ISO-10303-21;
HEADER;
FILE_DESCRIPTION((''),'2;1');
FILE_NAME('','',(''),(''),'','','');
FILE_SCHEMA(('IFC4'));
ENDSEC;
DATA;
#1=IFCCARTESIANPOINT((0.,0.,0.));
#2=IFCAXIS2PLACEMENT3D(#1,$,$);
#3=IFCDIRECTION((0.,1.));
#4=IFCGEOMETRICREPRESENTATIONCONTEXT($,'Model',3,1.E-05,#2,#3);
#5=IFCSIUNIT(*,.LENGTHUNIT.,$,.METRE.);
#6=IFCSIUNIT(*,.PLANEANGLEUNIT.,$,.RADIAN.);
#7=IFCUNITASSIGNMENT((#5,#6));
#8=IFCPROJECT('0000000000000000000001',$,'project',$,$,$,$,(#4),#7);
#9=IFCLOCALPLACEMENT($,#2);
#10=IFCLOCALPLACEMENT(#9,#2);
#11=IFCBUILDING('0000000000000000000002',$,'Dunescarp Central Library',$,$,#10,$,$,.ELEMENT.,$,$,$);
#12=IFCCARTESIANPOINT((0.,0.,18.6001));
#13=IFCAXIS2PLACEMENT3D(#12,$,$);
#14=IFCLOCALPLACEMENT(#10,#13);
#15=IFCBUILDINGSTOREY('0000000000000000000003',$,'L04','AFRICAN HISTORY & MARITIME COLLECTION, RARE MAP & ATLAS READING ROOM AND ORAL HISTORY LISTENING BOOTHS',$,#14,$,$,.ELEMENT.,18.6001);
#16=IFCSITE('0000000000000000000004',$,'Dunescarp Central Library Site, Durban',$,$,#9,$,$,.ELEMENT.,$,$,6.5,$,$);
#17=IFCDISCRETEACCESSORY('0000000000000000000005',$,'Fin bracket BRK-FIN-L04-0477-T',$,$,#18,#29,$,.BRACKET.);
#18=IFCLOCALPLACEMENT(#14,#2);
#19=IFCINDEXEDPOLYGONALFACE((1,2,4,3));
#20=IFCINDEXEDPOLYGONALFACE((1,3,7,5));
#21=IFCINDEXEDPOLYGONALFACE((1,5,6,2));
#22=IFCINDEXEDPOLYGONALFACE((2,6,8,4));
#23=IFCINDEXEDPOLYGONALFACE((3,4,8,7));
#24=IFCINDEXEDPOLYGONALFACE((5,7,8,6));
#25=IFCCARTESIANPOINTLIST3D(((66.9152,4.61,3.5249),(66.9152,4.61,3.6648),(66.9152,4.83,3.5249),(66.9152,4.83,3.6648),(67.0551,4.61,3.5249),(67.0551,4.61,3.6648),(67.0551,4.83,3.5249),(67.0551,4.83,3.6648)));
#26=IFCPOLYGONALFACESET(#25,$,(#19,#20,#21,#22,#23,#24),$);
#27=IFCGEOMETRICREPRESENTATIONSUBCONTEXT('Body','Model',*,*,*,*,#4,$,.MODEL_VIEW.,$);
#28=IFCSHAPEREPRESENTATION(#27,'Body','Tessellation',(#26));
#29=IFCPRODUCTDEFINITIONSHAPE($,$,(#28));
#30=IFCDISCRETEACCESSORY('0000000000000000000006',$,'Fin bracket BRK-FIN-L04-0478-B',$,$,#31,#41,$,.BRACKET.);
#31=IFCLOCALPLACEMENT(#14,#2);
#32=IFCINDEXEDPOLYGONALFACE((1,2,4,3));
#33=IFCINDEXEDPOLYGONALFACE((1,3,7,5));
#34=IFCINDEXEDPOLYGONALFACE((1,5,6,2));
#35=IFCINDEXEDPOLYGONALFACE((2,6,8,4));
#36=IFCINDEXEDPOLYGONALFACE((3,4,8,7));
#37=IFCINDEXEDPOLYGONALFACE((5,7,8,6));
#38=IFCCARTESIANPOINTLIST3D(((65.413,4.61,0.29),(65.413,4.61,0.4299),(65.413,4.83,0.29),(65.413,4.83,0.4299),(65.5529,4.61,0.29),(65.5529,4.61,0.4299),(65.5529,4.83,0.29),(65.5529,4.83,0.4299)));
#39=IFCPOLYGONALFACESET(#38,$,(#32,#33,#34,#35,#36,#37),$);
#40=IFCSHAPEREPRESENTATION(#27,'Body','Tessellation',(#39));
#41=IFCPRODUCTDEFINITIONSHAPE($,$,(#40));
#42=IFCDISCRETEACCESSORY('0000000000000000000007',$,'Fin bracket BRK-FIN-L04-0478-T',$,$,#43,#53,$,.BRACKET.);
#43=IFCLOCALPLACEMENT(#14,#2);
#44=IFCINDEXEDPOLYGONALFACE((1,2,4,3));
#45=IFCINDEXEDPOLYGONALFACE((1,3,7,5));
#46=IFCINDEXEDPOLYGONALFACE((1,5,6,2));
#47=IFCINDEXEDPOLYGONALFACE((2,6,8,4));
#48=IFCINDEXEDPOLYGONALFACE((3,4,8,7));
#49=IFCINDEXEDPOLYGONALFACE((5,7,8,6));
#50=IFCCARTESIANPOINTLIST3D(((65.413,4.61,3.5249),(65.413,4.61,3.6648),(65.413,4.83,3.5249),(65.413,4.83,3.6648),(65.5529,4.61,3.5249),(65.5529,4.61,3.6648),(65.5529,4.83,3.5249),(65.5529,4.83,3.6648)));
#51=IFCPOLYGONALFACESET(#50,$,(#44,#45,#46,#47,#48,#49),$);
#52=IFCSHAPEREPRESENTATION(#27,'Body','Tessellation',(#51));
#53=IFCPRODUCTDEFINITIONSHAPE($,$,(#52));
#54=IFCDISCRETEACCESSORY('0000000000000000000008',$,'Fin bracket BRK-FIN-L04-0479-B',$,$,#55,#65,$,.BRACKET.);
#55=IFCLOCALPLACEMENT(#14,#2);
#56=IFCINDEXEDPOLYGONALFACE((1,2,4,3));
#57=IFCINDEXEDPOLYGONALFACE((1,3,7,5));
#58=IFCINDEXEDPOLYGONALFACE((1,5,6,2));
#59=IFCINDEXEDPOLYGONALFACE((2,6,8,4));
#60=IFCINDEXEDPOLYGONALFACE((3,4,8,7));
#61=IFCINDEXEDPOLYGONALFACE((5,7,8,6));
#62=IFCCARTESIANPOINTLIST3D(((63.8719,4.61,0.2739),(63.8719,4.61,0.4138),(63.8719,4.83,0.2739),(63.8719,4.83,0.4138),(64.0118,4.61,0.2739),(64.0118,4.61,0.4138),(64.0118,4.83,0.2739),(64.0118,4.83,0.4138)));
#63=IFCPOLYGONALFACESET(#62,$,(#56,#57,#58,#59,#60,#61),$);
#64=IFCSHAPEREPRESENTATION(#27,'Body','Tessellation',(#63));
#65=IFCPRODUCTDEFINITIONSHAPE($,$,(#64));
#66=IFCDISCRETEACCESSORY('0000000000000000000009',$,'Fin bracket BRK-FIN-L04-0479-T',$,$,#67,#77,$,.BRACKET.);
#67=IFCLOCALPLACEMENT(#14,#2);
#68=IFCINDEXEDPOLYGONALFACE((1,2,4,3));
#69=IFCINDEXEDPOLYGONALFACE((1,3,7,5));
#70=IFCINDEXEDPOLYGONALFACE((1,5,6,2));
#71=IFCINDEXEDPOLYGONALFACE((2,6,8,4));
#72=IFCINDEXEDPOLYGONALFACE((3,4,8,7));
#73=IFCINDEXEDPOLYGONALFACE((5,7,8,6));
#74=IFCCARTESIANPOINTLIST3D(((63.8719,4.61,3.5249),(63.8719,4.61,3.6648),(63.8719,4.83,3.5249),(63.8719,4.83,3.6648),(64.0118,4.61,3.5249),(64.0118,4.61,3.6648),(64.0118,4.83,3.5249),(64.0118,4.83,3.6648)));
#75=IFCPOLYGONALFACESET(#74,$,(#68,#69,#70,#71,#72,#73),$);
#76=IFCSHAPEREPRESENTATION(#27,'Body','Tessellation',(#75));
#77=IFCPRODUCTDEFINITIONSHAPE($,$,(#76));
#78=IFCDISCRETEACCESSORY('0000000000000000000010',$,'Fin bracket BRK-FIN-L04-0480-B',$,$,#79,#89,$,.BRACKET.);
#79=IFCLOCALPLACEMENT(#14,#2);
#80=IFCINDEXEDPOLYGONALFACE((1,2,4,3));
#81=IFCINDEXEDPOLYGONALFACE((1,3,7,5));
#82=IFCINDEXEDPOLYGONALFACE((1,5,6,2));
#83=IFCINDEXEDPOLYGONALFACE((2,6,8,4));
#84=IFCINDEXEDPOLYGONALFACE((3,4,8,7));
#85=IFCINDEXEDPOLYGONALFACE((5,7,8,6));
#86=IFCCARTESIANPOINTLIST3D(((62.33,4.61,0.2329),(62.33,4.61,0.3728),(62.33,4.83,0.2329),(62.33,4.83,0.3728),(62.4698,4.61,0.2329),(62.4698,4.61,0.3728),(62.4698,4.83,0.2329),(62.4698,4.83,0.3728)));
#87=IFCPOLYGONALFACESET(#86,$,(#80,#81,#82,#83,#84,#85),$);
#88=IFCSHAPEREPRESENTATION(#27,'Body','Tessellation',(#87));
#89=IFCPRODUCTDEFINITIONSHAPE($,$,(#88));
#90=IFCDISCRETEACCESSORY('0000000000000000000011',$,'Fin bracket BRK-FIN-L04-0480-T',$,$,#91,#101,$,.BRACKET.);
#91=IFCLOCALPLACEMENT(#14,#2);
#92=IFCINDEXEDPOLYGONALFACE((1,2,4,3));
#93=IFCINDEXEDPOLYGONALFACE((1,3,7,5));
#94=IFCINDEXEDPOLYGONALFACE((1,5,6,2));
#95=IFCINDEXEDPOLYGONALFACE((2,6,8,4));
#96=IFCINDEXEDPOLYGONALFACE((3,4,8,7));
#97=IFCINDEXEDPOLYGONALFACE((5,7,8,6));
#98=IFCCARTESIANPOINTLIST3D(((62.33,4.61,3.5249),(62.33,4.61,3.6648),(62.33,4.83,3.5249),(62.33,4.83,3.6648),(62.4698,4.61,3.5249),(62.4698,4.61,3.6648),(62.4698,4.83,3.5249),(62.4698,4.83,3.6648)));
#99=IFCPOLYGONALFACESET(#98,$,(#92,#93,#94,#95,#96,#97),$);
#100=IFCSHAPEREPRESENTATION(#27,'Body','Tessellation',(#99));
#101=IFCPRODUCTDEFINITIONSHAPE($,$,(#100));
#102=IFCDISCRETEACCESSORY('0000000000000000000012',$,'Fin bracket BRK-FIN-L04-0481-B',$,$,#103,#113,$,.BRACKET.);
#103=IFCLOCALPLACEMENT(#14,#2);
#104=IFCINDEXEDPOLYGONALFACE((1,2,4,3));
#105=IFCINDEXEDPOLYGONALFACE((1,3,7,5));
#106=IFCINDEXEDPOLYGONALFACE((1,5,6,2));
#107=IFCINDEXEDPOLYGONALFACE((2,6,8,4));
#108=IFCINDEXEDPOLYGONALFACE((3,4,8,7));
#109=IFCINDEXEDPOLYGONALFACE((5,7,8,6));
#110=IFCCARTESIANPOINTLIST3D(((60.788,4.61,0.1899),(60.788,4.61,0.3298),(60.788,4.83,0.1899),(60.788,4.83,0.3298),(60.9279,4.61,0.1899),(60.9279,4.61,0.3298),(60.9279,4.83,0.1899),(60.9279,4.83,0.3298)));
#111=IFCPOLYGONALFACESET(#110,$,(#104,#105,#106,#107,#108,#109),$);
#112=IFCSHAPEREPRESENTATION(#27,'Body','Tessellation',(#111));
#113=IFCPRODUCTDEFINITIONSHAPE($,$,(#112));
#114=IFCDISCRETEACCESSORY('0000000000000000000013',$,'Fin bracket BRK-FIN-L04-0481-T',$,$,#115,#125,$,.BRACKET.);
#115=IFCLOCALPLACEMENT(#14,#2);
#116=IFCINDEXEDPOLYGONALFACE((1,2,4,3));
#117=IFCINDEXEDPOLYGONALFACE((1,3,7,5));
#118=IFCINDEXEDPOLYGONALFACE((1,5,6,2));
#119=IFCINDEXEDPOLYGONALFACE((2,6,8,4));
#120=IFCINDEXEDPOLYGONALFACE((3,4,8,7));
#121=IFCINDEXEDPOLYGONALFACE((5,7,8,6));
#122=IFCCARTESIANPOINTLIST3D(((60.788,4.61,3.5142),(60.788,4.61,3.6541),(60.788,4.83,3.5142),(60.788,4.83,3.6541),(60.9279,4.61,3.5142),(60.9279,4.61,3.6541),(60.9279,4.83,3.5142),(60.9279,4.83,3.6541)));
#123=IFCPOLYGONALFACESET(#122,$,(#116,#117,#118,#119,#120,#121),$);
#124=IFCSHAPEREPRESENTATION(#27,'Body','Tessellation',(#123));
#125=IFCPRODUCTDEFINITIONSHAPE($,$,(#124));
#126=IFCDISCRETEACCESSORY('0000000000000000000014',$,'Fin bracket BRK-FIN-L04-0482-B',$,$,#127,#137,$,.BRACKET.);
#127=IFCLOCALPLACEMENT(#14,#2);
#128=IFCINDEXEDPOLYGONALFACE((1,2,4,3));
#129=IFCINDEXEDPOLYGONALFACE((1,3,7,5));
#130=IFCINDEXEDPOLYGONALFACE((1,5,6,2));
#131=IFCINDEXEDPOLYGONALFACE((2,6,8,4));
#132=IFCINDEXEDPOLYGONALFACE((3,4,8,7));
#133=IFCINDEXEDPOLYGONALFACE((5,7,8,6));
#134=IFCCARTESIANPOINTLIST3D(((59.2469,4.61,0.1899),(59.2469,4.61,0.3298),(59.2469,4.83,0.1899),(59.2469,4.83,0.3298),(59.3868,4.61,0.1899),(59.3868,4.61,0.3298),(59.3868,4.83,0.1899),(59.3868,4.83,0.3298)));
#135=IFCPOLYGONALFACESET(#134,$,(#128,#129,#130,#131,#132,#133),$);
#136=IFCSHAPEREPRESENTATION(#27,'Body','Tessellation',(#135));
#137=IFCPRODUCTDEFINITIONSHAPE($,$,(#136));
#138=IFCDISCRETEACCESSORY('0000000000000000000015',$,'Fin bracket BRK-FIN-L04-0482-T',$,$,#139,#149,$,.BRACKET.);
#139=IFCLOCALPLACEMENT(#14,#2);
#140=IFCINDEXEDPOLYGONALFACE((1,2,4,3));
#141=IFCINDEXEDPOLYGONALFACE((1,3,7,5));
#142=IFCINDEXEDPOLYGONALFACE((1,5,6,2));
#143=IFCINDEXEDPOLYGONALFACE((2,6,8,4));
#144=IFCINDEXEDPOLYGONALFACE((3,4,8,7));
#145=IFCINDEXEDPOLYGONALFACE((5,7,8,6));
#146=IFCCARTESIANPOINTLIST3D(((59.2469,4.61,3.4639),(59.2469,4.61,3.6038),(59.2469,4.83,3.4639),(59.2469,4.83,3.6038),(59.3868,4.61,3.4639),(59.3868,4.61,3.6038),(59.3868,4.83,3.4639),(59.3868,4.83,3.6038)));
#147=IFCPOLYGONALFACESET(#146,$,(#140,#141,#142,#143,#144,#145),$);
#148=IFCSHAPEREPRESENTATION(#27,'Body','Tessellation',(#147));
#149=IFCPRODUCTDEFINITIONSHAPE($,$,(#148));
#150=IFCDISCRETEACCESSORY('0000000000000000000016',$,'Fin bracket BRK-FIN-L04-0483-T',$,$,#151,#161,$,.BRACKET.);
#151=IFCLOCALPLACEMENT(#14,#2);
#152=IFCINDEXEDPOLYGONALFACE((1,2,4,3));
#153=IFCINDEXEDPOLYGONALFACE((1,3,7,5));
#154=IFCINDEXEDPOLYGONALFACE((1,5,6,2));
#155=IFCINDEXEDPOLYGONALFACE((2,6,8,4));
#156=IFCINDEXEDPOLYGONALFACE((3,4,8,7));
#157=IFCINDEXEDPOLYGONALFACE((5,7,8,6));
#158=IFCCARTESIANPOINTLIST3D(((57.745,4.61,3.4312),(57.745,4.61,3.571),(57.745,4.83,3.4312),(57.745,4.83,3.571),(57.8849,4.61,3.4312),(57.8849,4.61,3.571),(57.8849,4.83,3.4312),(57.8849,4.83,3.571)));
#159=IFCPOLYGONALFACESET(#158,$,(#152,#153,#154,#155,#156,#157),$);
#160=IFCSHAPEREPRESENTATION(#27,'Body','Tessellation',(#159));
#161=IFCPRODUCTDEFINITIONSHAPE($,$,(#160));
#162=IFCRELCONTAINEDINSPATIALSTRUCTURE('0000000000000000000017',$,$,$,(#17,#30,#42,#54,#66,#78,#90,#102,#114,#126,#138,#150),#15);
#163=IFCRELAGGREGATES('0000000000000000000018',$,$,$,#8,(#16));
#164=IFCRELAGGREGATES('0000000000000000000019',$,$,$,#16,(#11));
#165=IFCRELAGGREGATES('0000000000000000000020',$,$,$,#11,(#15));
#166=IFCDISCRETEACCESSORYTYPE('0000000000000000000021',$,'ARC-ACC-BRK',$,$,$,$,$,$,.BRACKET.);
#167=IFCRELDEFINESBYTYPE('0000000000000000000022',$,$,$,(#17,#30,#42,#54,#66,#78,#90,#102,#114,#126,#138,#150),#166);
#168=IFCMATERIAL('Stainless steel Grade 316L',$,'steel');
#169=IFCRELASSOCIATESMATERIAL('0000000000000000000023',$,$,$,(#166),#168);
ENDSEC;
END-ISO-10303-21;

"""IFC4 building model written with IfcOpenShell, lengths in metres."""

from ifc_helpers import new_model, si_unit, direction, frame, origin, origin_2d, place, context, subcontext, project, spatial, rectangle, extrude, material, type_object, element, save


model = new_model("IFC4")

# Units and contexts
model_context = context("Model", 3, precision=1e-05, world=origin(), true_north=direction((0.0, 1.0)))
body_context = subcontext(model_context, "Body", "Model", "MODEL_VIEW")
ifc_project = project(units=[si_unit("LENGTHUNIT", "METRE"), si_unit("PLANEANGLEUNIT", "RADIAN")], contexts=[model_context])

# Site, building, storey
site_placement = place(None, origin())
site = spatial("IfcSite", under=ifc_project, at=site_placement, Name="Dunescarp Central Library Site, Durban", CompositionType="ELEMENT", RefElevation=6.5)
building_placement = place(site_placement, origin())
building = spatial("IfcBuilding", under=site, at=building_placement, Name="Dunescarp Central Library", CompositionType="ELEMENT")
storey_placement = place(building_placement, frame((0.0, 0.0, 18.6001)))
storey = spatial("IfcBuildingStorey", under=building, at=storey_placement, Name="L04", Description="AFRICAN HISTORY & MARITIME COLLECTION, RARE MAP & ATLAS READING ROOM AND ORAL HISTORY LISTENING BOOTHS", CompositionType="ELEMENT", Elevation=18.6001)

# Discrete accessories
ifc_material_1 = material(Name="Stainless steel Grade 316L", Category="steel")
discrete_accessory_type = type_object("IfcDiscreteAccessoryType", Name="ARC-ACC-BRK", PredefinedType="BRACKET", material=ifc_material_1)
for number, where, z_axis, x_axis, name in (
    (1, (66.9851, 4.72, 3.5249), (0.0, 0.0, 1.0), (0.0, -1.0, 0.0), "Fin bracket BRK-FIN-L04-0477-T"),
    (2, (65.4829, 4.72, 0.29), (0.0, 0.0, 1.0), (0.0, -1.0, 0.0), "Fin bracket BRK-FIN-L04-0478-B"),
    (3, (65.4829, 4.72, 3.5249), (0.0, 0.0, 1.0), (0.0, -1.0, 0.0), "Fin bracket BRK-FIN-L04-0478-T"),
    (4, (63.9419, 4.72, 0.2739), (0.0, 0.0, 1.0), (0.0, -1.0, 0.0), "Fin bracket BRK-FIN-L04-0479-B"),
    (5, (63.9419, 4.72, 3.5249), (0.0, 0.0, 1.0), (0.0, -1.0, 0.0), "Fin bracket BRK-FIN-L04-0479-T"),
    (6, (62.3999, 4.72, 0.2329), (0.0, 0.0, 1.0), (0.0, -1.0, 0.0), "Fin bracket BRK-FIN-L04-0480-B"),
    (7, (62.3999, 4.72, 3.5249), (0.0, 0.0, 1.0), (0.0, -1.0, 0.0), "Fin bracket BRK-FIN-L04-0480-T"),
    (8, (60.8579, 4.72, 0.1899), (0.0, 0.0, 1.0), (0.0, -1.0, 0.0), "Fin bracket BRK-FIN-L04-0481-B"),
    (9, (60.8579, 4.72, 3.5142), (0.0, 0.0, 1.0), (0.0, -1.0, 0.0), "Fin bracket BRK-FIN-L04-0481-T"),
    (10, (59.3169, 4.72, 0.1899), (0.0, 0.0, 1.0), (0.0, -1.0, 0.0), "Fin bracket BRK-FIN-L04-0482-B"),
    (11, (59.3169, 4.72, 3.4639), (0.0, 0.0, 1.0), (0.0, -1.0, 0.0), "Fin bracket BRK-FIN-L04-0482-T"),
    (12, (57.8149, 4.72, 3.4312), (0.0, 0.0, 1.0), (0.0, -1.0, 0.0), "Fin bracket BRK-FIN-L04-0483-T"),
):
    element("IfcDiscreteAccessory", number, at=place(storey_placement, frame(where, z_axis=z_axis, x_axis=x_axis)), inside=storey, type_object=discrete_accessory_type, Name=name, PredefinedType="BRACKET", context=body_context, shape_type="SweptSolid", body=[
        extrude(rectangle(XDim=0.22, YDim=0.1399, at=origin_2d()), origin(), (0.0, 0.0, 1.0), 0.1399),
    ])

save(model, "model.ifc")
